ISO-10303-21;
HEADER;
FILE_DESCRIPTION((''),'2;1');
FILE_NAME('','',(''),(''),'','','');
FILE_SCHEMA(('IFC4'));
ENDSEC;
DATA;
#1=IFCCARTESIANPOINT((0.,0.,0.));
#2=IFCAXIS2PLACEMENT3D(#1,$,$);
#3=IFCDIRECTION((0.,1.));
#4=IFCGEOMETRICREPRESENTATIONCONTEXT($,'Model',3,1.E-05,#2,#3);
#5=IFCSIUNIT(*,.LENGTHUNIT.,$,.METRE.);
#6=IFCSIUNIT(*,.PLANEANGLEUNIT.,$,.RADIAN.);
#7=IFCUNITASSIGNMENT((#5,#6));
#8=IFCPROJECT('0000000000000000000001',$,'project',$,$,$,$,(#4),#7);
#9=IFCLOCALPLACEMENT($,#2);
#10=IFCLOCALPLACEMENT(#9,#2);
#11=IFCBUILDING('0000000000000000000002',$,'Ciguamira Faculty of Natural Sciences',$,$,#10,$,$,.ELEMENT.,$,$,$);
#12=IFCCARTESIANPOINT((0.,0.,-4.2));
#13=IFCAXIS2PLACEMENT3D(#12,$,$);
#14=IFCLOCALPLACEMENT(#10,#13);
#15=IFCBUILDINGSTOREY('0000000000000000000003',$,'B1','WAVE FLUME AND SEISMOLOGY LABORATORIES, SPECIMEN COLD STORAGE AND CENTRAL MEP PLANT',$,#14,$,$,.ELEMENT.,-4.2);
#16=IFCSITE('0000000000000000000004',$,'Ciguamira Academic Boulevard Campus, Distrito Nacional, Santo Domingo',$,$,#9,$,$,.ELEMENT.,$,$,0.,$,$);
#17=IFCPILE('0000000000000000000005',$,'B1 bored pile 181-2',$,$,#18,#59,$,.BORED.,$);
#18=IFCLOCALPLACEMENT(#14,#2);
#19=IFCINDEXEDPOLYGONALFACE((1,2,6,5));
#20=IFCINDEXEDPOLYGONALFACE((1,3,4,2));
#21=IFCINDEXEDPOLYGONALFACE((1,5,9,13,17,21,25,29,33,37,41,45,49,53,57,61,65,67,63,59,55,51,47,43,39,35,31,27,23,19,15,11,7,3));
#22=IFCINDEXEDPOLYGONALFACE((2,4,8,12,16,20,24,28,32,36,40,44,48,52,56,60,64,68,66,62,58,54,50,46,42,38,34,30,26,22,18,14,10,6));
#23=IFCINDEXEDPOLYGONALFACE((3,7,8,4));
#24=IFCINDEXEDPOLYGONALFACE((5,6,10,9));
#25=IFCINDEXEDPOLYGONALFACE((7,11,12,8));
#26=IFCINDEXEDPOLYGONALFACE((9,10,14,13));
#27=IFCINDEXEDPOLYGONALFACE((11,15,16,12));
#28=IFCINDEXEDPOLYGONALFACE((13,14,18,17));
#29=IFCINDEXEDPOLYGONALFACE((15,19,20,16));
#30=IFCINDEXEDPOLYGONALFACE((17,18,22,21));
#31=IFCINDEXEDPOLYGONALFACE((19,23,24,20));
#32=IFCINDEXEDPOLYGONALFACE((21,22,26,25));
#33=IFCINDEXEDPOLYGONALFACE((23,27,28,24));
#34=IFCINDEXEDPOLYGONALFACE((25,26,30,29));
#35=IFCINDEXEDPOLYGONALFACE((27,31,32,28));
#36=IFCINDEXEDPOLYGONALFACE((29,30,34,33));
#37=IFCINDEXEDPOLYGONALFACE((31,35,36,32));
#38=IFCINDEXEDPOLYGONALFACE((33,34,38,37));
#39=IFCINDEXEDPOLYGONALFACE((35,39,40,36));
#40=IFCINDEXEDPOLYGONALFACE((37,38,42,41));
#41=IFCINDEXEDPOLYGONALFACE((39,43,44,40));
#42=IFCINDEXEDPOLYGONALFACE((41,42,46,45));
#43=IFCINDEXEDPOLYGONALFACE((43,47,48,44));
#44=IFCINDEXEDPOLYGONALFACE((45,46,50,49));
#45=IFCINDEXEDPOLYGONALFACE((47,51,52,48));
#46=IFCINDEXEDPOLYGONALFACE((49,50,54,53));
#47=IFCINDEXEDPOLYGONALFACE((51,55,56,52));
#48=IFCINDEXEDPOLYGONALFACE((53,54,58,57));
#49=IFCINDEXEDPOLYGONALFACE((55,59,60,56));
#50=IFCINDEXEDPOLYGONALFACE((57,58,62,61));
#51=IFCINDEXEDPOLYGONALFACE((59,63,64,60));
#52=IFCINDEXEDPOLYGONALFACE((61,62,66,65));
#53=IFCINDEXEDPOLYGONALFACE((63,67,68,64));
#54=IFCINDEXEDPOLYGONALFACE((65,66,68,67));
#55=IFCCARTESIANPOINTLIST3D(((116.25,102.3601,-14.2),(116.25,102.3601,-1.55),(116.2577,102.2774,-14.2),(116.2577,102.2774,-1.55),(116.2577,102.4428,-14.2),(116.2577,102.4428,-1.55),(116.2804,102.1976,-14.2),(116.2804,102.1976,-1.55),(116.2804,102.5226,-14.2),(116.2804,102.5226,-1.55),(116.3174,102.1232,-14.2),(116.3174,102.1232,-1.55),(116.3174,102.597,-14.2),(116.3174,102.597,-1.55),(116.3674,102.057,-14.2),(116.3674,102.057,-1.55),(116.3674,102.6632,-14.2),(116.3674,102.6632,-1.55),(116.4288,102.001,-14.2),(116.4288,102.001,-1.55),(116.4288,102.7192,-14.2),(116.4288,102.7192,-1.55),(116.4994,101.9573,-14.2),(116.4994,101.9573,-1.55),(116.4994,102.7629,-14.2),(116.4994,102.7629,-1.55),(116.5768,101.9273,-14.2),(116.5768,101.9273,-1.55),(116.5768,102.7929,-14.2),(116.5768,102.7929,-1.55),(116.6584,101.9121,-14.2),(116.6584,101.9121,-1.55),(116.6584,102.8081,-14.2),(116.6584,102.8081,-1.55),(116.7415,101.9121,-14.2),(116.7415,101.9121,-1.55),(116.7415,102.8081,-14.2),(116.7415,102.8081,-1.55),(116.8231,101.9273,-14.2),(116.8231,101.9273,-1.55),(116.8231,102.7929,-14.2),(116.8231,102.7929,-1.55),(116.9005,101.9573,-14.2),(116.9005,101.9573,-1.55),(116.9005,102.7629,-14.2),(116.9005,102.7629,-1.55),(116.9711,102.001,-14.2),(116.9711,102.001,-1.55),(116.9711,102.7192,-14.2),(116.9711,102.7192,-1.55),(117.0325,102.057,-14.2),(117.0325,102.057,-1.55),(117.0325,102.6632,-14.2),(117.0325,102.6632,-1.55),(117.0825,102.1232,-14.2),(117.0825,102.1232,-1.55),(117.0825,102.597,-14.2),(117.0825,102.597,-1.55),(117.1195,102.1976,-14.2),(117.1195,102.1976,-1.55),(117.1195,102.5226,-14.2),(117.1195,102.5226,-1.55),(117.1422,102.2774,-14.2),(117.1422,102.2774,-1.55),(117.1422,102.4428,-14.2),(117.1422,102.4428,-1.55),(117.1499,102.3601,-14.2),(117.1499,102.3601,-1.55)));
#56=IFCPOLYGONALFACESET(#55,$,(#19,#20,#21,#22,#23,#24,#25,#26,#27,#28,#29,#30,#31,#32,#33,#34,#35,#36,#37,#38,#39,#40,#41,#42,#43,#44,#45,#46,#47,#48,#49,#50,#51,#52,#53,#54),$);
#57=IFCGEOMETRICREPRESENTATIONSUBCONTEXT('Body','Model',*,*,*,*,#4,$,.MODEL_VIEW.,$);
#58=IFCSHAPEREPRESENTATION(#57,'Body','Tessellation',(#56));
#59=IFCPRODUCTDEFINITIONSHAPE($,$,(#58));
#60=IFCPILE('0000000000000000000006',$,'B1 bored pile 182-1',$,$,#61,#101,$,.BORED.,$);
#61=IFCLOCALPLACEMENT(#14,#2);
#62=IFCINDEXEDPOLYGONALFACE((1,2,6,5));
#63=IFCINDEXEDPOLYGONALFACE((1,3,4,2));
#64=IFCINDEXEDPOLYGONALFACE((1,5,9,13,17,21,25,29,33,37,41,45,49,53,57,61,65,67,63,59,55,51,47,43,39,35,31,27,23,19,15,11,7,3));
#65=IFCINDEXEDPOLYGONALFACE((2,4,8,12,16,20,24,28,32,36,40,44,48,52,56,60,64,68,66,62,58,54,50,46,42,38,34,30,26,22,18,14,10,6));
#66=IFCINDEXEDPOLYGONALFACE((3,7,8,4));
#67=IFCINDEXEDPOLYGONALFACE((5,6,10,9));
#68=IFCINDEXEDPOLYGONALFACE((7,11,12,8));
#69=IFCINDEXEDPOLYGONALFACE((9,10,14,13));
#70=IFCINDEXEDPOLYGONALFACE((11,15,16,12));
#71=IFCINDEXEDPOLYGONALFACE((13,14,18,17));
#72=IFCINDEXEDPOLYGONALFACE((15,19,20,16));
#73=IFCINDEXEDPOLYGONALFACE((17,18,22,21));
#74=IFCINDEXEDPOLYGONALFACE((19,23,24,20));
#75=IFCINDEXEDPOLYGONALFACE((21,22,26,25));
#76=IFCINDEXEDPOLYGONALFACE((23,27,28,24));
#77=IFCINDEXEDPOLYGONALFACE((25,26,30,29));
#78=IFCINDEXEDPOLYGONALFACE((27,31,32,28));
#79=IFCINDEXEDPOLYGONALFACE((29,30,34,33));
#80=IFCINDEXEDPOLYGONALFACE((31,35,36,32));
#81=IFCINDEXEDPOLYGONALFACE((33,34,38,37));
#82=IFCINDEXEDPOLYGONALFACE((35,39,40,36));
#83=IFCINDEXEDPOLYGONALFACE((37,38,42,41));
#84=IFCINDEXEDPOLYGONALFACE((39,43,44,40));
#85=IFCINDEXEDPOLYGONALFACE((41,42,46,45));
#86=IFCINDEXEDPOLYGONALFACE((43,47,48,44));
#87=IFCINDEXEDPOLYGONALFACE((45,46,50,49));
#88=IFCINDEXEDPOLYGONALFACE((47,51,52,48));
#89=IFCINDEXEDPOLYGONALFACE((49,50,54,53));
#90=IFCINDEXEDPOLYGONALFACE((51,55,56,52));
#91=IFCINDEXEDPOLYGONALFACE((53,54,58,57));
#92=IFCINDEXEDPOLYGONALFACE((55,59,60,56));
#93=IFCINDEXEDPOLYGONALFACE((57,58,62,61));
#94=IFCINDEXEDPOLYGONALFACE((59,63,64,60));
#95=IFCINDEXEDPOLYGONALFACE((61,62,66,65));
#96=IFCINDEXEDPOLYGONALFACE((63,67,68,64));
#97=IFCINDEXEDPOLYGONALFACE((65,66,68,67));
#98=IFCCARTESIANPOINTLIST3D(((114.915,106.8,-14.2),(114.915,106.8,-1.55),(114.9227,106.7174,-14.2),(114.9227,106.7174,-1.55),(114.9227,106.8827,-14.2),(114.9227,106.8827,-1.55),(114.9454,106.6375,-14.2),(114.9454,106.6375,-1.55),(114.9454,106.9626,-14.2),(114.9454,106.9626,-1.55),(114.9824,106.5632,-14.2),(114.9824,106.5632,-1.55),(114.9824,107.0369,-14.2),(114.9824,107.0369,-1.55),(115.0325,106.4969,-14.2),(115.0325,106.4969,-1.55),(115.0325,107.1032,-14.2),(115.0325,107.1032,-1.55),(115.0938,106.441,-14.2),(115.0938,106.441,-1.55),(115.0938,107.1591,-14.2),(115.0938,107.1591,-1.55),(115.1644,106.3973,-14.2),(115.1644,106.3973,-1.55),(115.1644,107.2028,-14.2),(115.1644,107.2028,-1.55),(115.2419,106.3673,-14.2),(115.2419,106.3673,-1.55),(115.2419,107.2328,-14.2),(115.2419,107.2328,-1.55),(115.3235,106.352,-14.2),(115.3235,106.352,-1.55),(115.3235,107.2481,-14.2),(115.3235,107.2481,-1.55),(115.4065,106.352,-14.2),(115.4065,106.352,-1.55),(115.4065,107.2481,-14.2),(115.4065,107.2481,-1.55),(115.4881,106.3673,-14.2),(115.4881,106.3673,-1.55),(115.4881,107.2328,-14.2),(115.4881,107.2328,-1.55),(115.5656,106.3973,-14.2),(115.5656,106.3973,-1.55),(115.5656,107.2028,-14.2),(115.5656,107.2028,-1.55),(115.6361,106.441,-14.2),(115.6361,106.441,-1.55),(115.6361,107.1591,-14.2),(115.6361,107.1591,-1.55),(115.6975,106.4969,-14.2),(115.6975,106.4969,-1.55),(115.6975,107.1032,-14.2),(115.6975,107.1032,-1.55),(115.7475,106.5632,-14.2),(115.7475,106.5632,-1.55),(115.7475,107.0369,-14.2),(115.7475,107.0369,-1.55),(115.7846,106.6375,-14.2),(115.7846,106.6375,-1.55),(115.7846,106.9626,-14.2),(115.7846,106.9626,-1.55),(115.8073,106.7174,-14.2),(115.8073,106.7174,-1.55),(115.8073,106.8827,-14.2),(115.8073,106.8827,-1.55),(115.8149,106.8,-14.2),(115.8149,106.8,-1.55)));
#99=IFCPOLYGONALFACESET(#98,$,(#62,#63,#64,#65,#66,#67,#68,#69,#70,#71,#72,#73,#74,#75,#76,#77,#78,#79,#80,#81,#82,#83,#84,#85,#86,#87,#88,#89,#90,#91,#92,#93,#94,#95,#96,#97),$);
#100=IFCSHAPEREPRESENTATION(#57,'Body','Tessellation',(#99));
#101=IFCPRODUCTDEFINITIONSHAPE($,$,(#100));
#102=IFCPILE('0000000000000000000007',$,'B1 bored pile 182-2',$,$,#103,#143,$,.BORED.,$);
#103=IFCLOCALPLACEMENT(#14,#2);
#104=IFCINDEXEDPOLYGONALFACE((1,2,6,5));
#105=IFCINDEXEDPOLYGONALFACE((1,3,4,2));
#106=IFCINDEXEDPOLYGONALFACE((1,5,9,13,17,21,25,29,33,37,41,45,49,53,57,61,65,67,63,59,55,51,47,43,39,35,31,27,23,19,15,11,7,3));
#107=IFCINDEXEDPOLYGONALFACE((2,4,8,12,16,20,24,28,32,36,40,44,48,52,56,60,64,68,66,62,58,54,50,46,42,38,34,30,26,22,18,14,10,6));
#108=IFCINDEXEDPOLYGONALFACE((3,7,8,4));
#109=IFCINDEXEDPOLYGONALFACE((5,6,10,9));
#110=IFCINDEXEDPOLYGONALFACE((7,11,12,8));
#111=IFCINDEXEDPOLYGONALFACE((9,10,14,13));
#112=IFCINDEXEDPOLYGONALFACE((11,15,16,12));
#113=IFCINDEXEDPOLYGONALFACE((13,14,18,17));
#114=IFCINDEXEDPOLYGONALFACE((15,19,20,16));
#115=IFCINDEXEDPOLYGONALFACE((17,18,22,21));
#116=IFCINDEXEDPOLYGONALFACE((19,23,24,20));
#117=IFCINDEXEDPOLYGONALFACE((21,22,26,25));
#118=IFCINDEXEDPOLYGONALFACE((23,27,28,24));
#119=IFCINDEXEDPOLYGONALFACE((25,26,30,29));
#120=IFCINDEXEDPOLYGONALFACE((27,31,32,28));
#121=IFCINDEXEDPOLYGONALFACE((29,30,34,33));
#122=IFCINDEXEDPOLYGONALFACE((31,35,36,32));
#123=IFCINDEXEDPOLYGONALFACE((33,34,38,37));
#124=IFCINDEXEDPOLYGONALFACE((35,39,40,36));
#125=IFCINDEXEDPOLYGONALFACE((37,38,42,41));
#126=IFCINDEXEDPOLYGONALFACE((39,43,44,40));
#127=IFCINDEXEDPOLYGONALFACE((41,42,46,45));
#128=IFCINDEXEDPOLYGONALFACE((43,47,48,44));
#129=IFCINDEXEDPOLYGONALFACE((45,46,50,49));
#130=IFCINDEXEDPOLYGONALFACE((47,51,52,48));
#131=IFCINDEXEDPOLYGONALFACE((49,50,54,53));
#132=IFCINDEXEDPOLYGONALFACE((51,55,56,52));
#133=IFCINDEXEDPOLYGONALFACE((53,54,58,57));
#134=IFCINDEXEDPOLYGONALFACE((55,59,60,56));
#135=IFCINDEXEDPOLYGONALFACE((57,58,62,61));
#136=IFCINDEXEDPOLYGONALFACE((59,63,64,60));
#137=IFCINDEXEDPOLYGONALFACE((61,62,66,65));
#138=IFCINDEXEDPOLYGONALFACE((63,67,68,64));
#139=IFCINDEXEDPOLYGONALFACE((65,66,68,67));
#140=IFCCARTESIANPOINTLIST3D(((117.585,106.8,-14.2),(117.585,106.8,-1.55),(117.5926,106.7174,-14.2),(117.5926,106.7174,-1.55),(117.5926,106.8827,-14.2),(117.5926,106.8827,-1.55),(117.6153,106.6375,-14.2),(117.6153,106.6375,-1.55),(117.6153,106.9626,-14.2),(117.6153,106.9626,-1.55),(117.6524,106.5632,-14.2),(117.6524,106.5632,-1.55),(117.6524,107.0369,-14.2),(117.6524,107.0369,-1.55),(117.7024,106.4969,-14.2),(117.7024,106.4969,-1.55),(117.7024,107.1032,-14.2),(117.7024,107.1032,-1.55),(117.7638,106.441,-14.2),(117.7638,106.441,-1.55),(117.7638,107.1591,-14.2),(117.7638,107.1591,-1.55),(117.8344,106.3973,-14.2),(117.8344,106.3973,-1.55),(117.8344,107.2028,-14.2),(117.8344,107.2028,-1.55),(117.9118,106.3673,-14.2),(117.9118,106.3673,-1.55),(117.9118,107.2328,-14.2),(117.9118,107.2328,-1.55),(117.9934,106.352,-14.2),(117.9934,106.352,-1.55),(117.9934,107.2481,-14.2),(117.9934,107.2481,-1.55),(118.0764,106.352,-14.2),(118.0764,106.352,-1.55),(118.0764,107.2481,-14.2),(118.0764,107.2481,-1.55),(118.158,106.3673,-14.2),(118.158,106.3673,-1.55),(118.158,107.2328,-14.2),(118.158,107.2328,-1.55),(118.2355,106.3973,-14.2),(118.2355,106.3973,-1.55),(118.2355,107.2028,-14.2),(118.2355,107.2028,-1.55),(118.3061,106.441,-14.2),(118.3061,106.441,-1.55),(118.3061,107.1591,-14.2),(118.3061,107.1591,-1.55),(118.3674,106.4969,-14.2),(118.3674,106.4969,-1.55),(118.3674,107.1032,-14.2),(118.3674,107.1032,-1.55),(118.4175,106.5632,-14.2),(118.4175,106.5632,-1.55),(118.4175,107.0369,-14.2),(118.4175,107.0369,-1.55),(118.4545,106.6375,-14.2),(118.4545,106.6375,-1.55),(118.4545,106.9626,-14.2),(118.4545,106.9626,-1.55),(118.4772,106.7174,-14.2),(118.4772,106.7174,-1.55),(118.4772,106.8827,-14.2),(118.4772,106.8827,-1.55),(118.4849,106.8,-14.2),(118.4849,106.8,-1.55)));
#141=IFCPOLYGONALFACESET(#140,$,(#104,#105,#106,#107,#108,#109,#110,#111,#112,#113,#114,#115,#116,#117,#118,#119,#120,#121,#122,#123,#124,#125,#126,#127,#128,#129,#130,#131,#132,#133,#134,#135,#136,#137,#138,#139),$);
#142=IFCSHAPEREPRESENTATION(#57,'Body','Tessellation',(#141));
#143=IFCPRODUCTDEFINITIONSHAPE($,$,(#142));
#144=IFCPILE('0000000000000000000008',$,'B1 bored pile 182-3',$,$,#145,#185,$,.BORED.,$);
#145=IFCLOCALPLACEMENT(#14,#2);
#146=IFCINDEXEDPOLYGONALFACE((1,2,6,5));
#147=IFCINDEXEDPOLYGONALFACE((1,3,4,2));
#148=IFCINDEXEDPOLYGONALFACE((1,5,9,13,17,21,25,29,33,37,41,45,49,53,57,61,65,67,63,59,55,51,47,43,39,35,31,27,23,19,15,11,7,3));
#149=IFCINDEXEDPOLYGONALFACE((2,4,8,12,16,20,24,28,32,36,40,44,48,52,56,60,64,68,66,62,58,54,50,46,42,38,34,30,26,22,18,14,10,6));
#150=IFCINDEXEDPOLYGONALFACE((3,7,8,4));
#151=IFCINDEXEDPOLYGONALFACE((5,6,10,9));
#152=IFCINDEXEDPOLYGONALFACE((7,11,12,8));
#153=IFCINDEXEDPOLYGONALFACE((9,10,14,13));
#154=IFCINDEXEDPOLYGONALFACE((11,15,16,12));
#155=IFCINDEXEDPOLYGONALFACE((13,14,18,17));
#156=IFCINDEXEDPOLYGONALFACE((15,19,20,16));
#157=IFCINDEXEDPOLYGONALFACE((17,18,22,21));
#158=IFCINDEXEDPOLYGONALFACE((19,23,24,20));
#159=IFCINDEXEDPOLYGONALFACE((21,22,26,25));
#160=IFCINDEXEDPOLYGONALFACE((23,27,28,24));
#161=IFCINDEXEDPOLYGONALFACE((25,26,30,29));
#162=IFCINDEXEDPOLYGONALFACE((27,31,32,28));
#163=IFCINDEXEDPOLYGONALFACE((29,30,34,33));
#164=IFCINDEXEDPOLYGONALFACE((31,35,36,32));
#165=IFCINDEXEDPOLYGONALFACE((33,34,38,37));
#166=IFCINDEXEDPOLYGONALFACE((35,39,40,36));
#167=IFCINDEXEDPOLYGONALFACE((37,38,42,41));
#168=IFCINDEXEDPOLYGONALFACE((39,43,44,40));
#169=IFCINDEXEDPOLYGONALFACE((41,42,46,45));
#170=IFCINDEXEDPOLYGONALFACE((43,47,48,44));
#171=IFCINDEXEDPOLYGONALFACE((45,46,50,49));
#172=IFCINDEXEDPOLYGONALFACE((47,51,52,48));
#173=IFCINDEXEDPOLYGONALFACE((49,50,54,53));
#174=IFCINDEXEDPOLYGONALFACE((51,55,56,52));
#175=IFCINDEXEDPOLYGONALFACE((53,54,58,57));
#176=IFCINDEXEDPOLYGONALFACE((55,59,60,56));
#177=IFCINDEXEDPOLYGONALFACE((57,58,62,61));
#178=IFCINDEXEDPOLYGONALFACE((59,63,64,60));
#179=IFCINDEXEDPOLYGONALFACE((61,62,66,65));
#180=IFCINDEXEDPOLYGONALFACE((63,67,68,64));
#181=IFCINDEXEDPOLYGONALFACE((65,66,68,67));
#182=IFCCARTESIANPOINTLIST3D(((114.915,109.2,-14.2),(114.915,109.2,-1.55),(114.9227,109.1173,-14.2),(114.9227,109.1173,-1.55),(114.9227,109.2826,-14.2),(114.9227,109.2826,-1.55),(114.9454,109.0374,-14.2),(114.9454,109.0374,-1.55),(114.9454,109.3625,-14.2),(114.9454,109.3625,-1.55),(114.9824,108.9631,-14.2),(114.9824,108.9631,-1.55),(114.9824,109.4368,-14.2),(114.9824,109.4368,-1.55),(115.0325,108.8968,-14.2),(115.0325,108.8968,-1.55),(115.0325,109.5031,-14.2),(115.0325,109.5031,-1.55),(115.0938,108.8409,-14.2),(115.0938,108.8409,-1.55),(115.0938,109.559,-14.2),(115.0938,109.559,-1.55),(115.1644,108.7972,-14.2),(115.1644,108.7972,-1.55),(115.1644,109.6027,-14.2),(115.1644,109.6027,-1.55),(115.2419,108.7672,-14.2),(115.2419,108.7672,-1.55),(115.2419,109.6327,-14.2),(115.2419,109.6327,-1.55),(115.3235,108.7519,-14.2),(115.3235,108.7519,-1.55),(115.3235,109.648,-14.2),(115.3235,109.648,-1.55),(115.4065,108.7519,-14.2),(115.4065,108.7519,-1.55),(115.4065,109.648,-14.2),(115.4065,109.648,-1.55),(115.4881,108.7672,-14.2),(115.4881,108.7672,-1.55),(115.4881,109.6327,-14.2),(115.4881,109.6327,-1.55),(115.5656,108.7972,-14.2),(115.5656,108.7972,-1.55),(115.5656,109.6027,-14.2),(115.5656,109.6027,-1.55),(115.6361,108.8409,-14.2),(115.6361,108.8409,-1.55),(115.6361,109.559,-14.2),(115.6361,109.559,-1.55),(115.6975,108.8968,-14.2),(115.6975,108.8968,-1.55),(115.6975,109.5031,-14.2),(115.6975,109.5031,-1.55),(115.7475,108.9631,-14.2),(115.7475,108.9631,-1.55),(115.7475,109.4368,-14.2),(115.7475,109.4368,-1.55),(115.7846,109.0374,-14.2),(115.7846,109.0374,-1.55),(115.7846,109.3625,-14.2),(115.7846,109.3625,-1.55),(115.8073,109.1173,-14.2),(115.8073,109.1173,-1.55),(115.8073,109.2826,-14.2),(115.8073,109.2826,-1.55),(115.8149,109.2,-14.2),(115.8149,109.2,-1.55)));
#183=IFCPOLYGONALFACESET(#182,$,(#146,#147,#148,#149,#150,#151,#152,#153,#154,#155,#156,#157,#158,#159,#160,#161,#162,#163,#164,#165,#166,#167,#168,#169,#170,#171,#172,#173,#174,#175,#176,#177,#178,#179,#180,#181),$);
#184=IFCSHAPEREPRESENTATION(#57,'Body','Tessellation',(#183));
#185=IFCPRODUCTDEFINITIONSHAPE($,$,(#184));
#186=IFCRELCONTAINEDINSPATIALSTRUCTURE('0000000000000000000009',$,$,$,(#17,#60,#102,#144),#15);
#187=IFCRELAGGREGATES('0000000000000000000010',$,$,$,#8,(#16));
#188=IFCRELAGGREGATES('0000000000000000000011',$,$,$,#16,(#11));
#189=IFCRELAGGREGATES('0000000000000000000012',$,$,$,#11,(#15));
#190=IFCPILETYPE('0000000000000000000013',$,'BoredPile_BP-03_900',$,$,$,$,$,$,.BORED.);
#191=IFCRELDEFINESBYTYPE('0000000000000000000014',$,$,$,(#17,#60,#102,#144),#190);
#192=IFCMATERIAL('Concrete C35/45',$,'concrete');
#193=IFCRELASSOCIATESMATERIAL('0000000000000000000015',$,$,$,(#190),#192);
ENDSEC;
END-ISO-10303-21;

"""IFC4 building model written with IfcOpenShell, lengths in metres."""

from ifc_helpers import new_model, si_unit, direction, frame, origin, origin_2d, place, context, subcontext, project, spatial, circle, extrude, material, material_profile, profile_set, type_object, element, save


model = new_model("IFC4")

# Units and contexts
model_context = context("Model", 3, precision=1e-05, world=origin(), true_north=direction((0.0, 1.0)))
body_context = subcontext(model_context, "Body", "Model", "MODEL_VIEW")
ifc_project = project(units=[si_unit("LENGTHUNIT", "METRE"), si_unit("PLANEANGLEUNIT", "RADIAN")], contexts=[model_context])

# Site, building, storey
site_placement = place(None, origin())
site = spatial("IfcSite", under=ifc_project, at=site_placement, Name="Ciguamira Academic Boulevard Campus, Distrito Nacional, Santo Domingo", CompositionType="ELEMENT", RefElevation=0.0)
building_placement = place(site_placement, origin())
building = spatial("IfcBuilding", under=site, at=building_placement, Name="Ciguamira Faculty of Natural Sciences", CompositionType="ELEMENT")
storey_placement = place(building_placement, frame((0.0, 0.0, -4.2)))
storey = spatial("IfcBuildingStorey", under=building, at=storey_placement, Name="B1", Description="WAVE FLUME AND SEISMOLOGY LABORATORIES, SPECIMEN COLD STORAGE AND CENTRAL MEP PLANT", CompositionType="ELEMENT", Elevation=-4.2)

# Piles
ifc_material_1 = material(Name="Concrete C35/45", Category="concrete")
ifc_material_profile_1 = material_profile(ifc_material_1, circle(Radius=0.45, at=origin_2d()), Name="PILE-BORED-900")
ifc_profile_set_1 = profile_set([ifc_material_profile_1], Name="Concrete C35/45")
pile_type = type_object("IfcPileType", Name="BoredPile_BP-03_900", PredefinedType="BORED", material=ifc_profile_set_1)
for number, where, z_axis, x_axis, name in (
    (1, (116.7, 102.3601, -1.55), (0.0, 0.0, -1.0), (1.0, 0.0, 0.0), "B1 bored pile 181-2"),
    (2, (115.365, 106.8, -1.55), (0.0, 0.0, -1.0), (1.0, 0.0, 0.0), "B1 bored pile 182-1"),
    (3, (118.0349, 106.8, -1.55), (0.0, 0.0, -1.0), (1.0, 0.0, 0.0), "B1 bored pile 182-2"),
    (4, (115.365, 109.2, -1.55), (0.0, 0.0, -1.0), (1.0, 0.0, 0.0), "B1 bored pile 182-3"),
):
    element("IfcPile", number, at=place(storey_placement, frame(where, z_axis=z_axis, x_axis=x_axis)), inside=storey, type_object=pile_type, Name=name, PredefinedType="BORED", context=body_context, shape_type="SweptSolid", body=[
        extrude(circle(Radius=0.45, at=origin_2d()), origin(), (0.0, 0.0, 1.0), 12.6499),
    ])

save(model, "model.ifc")
